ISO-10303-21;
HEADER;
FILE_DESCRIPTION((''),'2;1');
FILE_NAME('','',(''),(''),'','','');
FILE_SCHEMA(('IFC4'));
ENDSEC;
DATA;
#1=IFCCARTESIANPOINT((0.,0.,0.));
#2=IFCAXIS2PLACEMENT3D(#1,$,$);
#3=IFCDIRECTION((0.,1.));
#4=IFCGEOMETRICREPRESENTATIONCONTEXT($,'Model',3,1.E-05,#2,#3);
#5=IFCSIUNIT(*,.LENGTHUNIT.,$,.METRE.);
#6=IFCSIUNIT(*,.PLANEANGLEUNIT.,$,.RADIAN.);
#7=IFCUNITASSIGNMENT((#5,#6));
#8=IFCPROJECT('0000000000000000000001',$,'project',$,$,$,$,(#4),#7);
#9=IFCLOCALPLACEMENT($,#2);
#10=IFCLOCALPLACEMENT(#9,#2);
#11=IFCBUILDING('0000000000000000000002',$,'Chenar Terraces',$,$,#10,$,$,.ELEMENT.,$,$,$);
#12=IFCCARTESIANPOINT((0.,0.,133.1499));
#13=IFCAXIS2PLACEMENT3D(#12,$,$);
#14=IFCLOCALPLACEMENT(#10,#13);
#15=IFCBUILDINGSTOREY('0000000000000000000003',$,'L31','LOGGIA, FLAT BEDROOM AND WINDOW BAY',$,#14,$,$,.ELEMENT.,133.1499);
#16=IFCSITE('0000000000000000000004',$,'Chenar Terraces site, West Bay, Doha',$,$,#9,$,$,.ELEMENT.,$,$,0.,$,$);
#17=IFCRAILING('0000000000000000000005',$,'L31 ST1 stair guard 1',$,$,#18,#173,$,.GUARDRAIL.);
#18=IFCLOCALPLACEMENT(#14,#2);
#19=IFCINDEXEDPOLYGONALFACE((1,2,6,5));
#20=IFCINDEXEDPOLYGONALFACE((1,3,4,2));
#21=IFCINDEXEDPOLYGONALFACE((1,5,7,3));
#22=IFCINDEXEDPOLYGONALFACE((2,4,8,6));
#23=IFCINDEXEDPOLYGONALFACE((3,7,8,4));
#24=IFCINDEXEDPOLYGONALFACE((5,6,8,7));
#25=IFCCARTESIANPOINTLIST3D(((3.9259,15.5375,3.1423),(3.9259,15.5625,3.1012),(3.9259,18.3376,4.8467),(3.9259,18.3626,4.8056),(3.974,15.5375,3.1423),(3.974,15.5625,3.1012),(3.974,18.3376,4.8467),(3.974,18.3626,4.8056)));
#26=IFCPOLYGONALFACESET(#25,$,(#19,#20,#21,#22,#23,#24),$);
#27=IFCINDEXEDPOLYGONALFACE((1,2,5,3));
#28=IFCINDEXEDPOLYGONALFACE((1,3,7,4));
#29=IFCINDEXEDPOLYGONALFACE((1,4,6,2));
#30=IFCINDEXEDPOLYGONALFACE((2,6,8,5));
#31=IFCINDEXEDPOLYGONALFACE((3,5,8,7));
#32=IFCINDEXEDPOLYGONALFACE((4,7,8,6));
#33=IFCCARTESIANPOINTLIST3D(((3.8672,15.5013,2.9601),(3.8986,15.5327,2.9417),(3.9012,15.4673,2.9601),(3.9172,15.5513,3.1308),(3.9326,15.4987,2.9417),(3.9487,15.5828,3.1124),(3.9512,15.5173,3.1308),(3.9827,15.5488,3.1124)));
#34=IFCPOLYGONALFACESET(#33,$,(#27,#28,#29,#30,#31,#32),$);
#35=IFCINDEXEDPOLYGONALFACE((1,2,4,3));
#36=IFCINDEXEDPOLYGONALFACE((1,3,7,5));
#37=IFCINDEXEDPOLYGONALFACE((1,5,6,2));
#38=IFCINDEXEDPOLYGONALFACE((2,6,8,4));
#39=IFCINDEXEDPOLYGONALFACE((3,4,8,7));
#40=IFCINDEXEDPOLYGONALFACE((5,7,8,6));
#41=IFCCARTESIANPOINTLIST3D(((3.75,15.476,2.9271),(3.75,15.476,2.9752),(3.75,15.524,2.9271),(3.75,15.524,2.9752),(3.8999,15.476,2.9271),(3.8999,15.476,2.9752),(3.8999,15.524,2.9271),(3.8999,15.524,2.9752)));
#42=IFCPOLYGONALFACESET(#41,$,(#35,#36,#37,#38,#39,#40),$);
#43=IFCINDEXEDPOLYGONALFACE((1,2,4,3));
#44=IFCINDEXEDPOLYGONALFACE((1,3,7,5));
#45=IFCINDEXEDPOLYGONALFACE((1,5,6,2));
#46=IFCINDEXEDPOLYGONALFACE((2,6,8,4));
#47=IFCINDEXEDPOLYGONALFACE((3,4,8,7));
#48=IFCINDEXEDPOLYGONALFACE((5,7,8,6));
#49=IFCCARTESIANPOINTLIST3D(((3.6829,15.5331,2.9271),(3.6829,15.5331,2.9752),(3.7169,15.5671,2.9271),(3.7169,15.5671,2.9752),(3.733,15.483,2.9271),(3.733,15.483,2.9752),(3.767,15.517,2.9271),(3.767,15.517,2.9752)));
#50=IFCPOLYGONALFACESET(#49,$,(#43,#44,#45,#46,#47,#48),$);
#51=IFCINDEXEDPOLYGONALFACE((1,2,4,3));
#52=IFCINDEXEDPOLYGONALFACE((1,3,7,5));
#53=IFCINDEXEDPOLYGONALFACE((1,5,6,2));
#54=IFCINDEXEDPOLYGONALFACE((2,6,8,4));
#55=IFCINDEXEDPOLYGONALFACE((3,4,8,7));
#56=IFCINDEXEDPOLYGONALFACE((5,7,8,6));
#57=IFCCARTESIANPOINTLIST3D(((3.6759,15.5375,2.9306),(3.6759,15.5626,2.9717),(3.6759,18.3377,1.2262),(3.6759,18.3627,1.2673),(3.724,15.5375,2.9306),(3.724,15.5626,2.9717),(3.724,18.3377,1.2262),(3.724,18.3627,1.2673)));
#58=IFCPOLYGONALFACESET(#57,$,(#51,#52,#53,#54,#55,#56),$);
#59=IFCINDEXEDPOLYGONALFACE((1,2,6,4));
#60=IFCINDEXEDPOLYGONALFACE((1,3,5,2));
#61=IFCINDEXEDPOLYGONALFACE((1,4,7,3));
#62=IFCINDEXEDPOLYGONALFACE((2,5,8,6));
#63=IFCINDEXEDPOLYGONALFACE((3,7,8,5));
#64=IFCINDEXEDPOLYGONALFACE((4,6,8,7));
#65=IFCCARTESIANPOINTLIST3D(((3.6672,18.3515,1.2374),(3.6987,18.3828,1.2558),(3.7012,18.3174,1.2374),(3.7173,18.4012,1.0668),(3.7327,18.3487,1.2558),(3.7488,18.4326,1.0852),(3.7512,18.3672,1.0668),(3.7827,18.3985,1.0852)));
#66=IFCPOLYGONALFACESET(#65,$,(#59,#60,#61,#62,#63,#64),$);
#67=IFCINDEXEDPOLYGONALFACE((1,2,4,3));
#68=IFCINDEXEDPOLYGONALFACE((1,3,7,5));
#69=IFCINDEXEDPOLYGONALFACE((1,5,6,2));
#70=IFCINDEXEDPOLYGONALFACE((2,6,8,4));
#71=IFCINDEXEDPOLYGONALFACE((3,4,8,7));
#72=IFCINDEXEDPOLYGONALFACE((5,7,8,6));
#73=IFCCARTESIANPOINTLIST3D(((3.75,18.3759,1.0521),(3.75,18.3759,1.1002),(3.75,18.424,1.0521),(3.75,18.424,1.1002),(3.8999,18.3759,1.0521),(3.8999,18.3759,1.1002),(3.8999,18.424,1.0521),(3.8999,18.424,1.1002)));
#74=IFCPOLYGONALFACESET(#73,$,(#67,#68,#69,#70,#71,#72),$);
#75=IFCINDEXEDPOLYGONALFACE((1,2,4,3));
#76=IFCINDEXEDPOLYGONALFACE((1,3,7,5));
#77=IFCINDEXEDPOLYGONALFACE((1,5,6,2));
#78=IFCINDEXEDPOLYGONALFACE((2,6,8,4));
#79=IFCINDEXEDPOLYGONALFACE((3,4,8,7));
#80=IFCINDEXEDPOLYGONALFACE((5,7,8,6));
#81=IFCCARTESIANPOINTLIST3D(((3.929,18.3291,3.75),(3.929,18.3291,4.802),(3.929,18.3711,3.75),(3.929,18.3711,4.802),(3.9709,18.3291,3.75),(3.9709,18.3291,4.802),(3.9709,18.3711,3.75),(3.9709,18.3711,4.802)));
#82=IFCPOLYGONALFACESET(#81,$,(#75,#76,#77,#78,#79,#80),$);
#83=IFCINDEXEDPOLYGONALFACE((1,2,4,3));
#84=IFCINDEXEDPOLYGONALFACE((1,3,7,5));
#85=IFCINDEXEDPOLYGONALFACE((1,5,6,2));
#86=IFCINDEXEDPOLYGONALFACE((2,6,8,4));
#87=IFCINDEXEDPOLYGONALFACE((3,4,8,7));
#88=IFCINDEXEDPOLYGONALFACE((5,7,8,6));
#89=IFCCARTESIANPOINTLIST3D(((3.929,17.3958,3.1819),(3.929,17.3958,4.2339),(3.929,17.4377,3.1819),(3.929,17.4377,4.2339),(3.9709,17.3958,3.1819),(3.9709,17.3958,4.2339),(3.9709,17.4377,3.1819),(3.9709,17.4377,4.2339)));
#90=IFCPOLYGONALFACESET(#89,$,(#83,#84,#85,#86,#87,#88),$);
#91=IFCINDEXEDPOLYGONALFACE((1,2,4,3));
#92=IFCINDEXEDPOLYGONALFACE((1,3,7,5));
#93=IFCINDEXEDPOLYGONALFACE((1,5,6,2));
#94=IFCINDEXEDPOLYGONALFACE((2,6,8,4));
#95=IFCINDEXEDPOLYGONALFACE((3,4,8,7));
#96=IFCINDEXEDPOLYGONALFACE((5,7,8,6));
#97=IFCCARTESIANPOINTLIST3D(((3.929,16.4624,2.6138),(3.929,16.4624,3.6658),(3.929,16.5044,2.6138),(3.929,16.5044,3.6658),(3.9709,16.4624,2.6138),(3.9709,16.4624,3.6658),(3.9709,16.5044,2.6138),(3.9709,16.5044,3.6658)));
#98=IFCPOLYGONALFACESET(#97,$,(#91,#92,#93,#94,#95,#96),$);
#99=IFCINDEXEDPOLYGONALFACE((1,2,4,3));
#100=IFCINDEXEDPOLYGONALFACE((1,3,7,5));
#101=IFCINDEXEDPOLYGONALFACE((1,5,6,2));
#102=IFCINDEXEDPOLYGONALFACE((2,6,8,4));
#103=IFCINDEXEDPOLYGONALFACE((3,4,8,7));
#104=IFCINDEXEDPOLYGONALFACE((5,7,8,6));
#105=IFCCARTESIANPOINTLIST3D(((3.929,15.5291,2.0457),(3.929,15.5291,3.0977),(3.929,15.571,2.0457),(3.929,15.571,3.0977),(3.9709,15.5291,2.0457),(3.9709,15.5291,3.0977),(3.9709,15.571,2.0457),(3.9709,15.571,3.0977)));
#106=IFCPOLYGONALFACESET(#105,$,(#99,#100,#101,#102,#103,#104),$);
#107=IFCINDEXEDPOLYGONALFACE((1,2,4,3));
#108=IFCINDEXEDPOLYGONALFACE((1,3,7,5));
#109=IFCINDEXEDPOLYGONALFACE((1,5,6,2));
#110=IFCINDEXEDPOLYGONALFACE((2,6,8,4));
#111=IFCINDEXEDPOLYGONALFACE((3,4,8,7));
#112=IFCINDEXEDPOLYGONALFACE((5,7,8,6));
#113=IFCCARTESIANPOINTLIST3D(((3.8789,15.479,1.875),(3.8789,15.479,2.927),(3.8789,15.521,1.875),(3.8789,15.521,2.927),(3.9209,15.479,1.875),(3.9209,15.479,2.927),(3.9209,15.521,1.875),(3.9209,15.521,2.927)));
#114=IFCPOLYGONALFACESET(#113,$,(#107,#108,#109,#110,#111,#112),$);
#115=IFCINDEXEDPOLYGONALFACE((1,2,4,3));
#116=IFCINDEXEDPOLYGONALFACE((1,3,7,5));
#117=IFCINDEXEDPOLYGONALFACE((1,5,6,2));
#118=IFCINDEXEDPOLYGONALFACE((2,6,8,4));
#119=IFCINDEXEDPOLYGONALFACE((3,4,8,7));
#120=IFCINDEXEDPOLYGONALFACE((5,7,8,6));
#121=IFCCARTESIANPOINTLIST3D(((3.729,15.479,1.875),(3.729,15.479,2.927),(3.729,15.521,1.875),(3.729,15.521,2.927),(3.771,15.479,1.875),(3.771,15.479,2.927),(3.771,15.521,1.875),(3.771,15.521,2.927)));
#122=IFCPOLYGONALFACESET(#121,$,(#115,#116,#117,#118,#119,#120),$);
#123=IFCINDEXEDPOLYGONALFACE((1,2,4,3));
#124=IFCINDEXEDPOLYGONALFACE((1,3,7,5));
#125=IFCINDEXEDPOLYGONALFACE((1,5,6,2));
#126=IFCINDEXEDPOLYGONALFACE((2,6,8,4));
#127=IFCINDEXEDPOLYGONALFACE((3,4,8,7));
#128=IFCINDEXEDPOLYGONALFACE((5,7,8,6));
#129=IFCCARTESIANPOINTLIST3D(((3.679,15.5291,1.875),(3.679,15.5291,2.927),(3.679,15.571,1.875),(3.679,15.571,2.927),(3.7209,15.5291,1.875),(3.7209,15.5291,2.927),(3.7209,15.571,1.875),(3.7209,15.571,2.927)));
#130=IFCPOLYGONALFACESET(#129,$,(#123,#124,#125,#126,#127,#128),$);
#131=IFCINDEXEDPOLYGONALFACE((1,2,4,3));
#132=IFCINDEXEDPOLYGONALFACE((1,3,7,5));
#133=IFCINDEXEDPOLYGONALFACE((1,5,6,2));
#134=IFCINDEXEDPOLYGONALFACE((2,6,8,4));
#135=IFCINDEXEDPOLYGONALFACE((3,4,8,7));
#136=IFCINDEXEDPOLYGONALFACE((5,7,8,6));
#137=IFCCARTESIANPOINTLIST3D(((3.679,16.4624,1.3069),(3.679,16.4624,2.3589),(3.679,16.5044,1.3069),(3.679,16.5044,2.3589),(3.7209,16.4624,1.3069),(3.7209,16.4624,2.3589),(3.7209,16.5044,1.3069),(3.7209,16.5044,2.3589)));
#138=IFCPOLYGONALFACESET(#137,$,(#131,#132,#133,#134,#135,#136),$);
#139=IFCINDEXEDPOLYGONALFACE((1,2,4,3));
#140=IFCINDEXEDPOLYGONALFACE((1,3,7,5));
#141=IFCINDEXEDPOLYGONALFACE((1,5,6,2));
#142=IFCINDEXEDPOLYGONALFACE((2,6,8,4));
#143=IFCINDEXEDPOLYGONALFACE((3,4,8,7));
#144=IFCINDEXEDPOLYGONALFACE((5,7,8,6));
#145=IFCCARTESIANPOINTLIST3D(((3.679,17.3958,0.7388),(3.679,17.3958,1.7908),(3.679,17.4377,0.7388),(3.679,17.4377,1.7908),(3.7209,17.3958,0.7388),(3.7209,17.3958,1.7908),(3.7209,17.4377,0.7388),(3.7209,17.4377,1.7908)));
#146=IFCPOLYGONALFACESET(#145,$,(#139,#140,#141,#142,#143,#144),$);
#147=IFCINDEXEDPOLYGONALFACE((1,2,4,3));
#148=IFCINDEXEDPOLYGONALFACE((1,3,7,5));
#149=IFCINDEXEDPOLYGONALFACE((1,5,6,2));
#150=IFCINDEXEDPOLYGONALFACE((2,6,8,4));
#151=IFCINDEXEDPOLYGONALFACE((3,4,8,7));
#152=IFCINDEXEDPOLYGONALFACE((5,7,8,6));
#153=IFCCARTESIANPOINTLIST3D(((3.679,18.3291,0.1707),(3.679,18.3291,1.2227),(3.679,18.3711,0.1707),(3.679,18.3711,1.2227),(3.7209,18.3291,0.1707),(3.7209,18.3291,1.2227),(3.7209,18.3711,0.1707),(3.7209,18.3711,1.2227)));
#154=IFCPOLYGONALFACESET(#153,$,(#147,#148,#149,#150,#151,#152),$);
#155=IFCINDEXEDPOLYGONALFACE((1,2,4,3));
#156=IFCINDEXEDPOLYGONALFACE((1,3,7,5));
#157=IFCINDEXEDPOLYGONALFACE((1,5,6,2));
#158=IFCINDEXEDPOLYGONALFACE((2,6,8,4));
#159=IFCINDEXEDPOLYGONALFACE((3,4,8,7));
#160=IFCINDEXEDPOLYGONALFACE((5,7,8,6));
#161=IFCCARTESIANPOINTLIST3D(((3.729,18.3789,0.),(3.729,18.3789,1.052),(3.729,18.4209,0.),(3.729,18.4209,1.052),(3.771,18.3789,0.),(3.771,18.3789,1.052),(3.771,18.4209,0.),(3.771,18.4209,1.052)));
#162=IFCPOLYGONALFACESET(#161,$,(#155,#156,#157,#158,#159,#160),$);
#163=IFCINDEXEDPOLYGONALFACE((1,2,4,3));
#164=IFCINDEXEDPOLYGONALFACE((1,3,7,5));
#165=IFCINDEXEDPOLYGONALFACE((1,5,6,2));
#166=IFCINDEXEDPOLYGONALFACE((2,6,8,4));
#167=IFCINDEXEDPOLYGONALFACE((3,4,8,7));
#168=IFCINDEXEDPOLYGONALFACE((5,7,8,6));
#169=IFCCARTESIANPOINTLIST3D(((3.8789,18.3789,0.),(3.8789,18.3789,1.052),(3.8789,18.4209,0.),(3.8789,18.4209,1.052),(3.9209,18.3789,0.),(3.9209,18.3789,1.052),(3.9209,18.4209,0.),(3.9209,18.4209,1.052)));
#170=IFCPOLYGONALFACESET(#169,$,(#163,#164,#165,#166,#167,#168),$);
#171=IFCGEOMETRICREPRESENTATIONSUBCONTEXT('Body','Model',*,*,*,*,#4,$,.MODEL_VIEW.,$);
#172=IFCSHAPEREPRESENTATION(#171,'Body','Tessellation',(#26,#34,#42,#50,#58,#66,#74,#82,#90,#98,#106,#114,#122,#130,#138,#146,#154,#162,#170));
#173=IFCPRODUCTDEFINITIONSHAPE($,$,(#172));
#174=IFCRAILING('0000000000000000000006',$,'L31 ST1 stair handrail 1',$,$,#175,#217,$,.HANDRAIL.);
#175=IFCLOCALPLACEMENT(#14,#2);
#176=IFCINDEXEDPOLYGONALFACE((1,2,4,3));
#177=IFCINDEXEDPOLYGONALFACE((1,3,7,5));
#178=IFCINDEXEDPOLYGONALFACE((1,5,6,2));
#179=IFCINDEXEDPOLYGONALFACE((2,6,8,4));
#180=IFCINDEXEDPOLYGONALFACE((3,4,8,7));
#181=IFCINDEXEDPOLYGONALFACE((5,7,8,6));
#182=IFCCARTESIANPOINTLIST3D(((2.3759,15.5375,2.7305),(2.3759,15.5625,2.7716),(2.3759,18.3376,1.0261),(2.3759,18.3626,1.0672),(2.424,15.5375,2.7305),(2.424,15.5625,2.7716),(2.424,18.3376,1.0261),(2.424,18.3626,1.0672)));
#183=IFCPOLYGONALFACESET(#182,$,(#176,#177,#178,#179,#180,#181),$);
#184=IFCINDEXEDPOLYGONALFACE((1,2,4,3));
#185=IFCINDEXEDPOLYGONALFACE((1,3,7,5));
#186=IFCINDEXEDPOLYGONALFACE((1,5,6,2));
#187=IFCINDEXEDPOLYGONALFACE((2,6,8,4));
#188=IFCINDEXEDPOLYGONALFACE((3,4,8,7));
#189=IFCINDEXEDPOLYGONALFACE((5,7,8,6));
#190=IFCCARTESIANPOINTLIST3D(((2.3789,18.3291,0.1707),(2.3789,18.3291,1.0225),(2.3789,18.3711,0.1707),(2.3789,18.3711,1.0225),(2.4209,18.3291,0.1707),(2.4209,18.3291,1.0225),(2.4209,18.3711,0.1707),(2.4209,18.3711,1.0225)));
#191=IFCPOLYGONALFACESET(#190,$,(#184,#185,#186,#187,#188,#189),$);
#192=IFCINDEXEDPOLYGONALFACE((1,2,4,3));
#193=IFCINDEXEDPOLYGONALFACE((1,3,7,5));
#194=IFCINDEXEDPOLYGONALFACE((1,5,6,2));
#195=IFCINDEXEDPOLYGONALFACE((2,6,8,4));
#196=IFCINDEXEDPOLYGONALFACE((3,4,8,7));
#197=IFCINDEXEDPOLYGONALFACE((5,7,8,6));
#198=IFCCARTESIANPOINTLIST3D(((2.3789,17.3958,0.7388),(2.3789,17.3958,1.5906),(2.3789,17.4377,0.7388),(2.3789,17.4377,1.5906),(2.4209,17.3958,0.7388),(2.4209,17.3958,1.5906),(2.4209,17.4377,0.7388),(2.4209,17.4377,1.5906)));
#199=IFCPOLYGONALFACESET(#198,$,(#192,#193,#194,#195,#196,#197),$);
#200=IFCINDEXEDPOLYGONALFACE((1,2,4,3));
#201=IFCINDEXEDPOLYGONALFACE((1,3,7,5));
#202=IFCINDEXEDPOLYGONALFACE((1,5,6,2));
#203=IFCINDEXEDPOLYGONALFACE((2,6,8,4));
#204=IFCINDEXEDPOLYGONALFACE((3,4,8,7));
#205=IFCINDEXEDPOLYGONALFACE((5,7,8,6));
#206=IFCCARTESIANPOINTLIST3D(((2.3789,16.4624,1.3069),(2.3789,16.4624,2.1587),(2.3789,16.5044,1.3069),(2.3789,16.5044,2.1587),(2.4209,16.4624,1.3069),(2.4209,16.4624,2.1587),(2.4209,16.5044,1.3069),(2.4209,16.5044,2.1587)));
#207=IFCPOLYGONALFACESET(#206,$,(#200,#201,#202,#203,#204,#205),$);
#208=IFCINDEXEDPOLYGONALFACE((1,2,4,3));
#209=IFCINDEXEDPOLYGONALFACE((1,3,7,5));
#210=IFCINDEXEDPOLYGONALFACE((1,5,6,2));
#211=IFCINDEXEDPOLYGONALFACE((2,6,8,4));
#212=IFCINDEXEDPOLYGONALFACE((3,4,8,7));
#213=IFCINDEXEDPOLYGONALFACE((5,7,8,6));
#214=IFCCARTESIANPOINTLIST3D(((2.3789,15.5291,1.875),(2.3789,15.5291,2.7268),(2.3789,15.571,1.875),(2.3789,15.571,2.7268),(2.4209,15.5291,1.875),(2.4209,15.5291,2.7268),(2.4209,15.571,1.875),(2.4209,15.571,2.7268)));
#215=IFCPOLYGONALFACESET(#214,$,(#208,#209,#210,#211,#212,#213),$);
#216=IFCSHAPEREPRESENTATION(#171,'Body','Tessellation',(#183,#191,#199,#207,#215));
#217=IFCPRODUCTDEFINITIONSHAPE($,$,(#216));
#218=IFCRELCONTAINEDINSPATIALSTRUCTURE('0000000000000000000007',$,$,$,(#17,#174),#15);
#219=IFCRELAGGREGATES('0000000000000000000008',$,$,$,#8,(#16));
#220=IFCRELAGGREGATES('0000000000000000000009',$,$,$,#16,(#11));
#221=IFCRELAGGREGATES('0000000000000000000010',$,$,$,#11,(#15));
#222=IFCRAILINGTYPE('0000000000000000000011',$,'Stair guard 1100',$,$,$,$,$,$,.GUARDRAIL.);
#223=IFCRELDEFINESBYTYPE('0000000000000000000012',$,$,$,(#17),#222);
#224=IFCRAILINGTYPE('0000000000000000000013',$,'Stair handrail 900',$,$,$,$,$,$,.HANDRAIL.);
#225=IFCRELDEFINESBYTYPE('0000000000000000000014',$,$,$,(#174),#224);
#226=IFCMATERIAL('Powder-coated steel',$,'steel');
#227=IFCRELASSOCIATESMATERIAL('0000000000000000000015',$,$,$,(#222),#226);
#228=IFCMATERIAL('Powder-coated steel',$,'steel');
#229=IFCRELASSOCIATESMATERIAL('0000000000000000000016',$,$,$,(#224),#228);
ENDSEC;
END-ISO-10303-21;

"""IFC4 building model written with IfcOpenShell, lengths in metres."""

from ifc_helpers import new_model, si_unit, direction, frame, origin, origin_2d, place, context, subcontext, project, spatial, rectangle, extrude, material, type_object, element, save


model = new_model("IFC4")

# Units and contexts
model_context = context("Model", 3, precision=1e-05, world=origin(), true_north=direction((0.0, 1.0)))
body_context = subcontext(model_context, "Body", "Model", "MODEL_VIEW")
ifc_project = project(units=[si_unit("LENGTHUNIT", "METRE"), si_unit("PLANEANGLEUNIT", "RADIAN")], contexts=[model_context])

# Site, building, storey
site_placement = place(None, origin())
site = spatial("IfcSite", under=ifc_project, at=site_placement, Name="Chenar Terraces site, West Bay, Doha", CompositionType="ELEMENT", RefElevation=0.0)
building_placement = place(site_placement, origin())
building = spatial("IfcBuilding", under=site, at=building_placement, Name="Chenar Terraces", CompositionType="ELEMENT")
storey_placement = place(building_placement, frame((0.0, 0.0, 133.1499)))
storey = spatial("IfcBuildingStorey", under=building, at=storey_placement, Name="L31", Description="LOGGIA, FLAT BEDROOM AND WINDOW BAY", CompositionType="ELEMENT", Elevation=133.1499)

# Railings
ifc_material_1 = material(Name="Powder-coated steel", Category="steel")
railing_type_1 = type_object("IfcRailingType", Name="Stair guard 1100", PredefinedType="GUARDRAIL", material=ifc_material_1)
railing_1_placement = place(storey_placement, frame((3.95, 18.3501, 3.75)))
element("IfcRailing", 1, at=railing_1_placement, inside=storey, type_object=railing_type_1, Name="L31 ST1 stair guard 1", PredefinedType="GUARDRAIL", context=body_context, shape_type="SweptSolid", body=[
    extrude(rectangle(XDim=0.0481, YDim=0.0481, at=origin_2d()), frame((0.0, 0.0, 1.0762), z_axis=(0.0, -0.854203, -0.51994), x_axis=(1.0, 0.0, 0.0)), (0.0, 0.0, 1.0), 3.2781),
    extrude(rectangle(XDim=0.0481, YDim=0.0481, at=origin_2d()), frame((0.0, -2.8, -0.6284), z_axis=(-0.2709, -0.2709, -0.923703), x_axis=(0.707107, -0.707107, 0.0)), (0.0, 0.0, 1.0), 0.1848),
    extrude(rectangle(XDim=0.0481, YDim=0.0481, at=origin_2d()), frame((-0.05, -2.8501, -0.7988), z_axis=(-1.0, 0.0, 0.0), x_axis=(0.0, -1.0, 0.0)), (0.0, 0.0, 1.0), 0.1499),
    extrude(rectangle(XDim=0.0481, YDim=0.0481, at=origin_2d()), frame((-0.2, -2.8501, -0.7988), z_axis=(-0.707107, 0.707107, 0.0), x_axis=(-0.707107, -0.707107, 0.0)), (0.0, 0.0, 1.0), 0.0708),
    extrude(rectangle(XDim=0.0481, YDim=0.0481, at=origin_2d()), frame((-0.25, -2.8, -0.7988), z_axis=(0.0, 0.854203, -0.51994), x_axis=(-1.0, 0.0, 0.0)), (0.0, 0.0, 1.0), 3.2781),
    extrude(rectangle(XDim=0.0481, YDim=0.0481, at=origin_2d()), frame((-0.25, 0.0, -2.5034), z_axis=(0.270997, 0.269675, -0.924033), x_axis=(-0.705376, 0.708834, 0.0)), (0.0, 0.0, 1.0), 0.1846),
    extrude(rectangle(XDim=0.0481, YDim=0.0481, at=origin_2d()), frame((-0.2, 0.0498, -2.6738), z_axis=(1.0, 0.0, 0.0), x_axis=(0.0, 1.0, 0.0)), (0.0, 0.0, 1.0), 0.1499),
    extrude(rectangle(XDim=0.042, YDim=0.042, at=origin_2d()), origin(), (0.0, 0.0, 1.0), 1.052),
    extrude(rectangle(XDim=0.042, YDim=0.042, at=origin_2d()), frame((0.0, -0.9333, -0.5681)), (0.0, 0.0, 1.0), 1.052),
    extrude(rectangle(XDim=0.042, YDim=0.042, at=origin_2d()), frame((0.0, -1.8667, -1.1362)), (0.0, 0.0, 1.0), 1.052),
    extrude(rectangle(XDim=0.042, YDim=0.042, at=origin_2d()), frame((0.0, -2.8, -1.7043)), (0.0, 0.0, 1.0), 1.052),
    extrude(rectangle(XDim=0.042, YDim=0.042, at=origin_2d()), frame((-0.05, -2.8501, -1.875)), (0.0, 0.0, 1.0), 1.052),
    extrude(rectangle(XDim=0.042, YDim=0.042, at=origin_2d()), frame((-0.2, -2.8501, -1.875)), (0.0, 0.0, 1.0), 1.052),
    extrude(rectangle(XDim=0.042, YDim=0.042, at=origin_2d()), frame((-0.25, -2.8, -1.875)), (0.0, 0.0, 1.0), 1.052),
    extrude(rectangle(XDim=0.042, YDim=0.042, at=origin_2d()), frame((-0.25, -1.8667, -2.4431)), (0.0, 0.0, 1.0), 1.052),
    extrude(rectangle(XDim=0.042, YDim=0.042, at=origin_2d()), frame((-0.25, -0.9333, -3.0112)), (0.0, 0.0, 1.0), 1.052),
    extrude(rectangle(XDim=0.042, YDim=0.042, at=origin_2d()), frame((-0.25, 0.0, -3.5793)), (0.0, 0.0, 1.0), 1.052),
    extrude(rectangle(XDim=0.042, YDim=0.042, at=origin_2d()), frame((-0.2, 0.0498, -3.75)), (0.0, 0.0, 1.0), 1.052),
    extrude(rectangle(XDim=0.042, YDim=0.042, at=origin_2d()), frame((-0.05, 0.0498, -3.75)), (0.0, 0.0, 1.0), 1.052),
])
ifc_material_2 = material(Name="Powder-coated steel", Category="steel")
railing_type_2 = type_object("IfcRailingType", Name="Stair handrail 900", PredefinedType="HANDRAIL", material=ifc_material_2)
railing_2_placement = place(storey_placement, frame((2.3999, 18.3501, 0.1707)))
element("IfcRailing", 2, at=railing_2_placement, inside=storey, type_object=railing_type_2, Name="L31 ST1 stair handrail 1", PredefinedType="HANDRAIL", context=body_context, shape_type="SweptSolid", body=[
    extrude(rectangle(XDim=0.0481, YDim=0.0481, at=origin_2d()), frame((0.0, 0.0, 0.876), z_axis=(0.0, -0.854203, 0.51994), x_axis=(1.0, 0.0, 0.0)), (0.0, 0.0, 1.0), 3.2781),
    extrude(rectangle(XDim=0.042, YDim=0.042, at=origin_2d()), origin(), (0.0, 0.0, 1.0), 0.8518),
    extrude(rectangle(XDim=0.042, YDim=0.042, at=origin_2d()), frame((0.0, -0.9333, 0.5681)), (0.0, 0.0, 1.0), 0.8518),
    extrude(rectangle(XDim=0.042, YDim=0.042, at=origin_2d()), frame((0.0, -1.8667, 1.1362)), (0.0, 0.0, 1.0), 0.8518),
    extrude(rectangle(XDim=0.042, YDim=0.042, at=origin_2d()), frame((0.0, -2.8, 1.7043)), (0.0, 0.0, 1.0), 0.8518),
])

save(model, "model.ifc")
